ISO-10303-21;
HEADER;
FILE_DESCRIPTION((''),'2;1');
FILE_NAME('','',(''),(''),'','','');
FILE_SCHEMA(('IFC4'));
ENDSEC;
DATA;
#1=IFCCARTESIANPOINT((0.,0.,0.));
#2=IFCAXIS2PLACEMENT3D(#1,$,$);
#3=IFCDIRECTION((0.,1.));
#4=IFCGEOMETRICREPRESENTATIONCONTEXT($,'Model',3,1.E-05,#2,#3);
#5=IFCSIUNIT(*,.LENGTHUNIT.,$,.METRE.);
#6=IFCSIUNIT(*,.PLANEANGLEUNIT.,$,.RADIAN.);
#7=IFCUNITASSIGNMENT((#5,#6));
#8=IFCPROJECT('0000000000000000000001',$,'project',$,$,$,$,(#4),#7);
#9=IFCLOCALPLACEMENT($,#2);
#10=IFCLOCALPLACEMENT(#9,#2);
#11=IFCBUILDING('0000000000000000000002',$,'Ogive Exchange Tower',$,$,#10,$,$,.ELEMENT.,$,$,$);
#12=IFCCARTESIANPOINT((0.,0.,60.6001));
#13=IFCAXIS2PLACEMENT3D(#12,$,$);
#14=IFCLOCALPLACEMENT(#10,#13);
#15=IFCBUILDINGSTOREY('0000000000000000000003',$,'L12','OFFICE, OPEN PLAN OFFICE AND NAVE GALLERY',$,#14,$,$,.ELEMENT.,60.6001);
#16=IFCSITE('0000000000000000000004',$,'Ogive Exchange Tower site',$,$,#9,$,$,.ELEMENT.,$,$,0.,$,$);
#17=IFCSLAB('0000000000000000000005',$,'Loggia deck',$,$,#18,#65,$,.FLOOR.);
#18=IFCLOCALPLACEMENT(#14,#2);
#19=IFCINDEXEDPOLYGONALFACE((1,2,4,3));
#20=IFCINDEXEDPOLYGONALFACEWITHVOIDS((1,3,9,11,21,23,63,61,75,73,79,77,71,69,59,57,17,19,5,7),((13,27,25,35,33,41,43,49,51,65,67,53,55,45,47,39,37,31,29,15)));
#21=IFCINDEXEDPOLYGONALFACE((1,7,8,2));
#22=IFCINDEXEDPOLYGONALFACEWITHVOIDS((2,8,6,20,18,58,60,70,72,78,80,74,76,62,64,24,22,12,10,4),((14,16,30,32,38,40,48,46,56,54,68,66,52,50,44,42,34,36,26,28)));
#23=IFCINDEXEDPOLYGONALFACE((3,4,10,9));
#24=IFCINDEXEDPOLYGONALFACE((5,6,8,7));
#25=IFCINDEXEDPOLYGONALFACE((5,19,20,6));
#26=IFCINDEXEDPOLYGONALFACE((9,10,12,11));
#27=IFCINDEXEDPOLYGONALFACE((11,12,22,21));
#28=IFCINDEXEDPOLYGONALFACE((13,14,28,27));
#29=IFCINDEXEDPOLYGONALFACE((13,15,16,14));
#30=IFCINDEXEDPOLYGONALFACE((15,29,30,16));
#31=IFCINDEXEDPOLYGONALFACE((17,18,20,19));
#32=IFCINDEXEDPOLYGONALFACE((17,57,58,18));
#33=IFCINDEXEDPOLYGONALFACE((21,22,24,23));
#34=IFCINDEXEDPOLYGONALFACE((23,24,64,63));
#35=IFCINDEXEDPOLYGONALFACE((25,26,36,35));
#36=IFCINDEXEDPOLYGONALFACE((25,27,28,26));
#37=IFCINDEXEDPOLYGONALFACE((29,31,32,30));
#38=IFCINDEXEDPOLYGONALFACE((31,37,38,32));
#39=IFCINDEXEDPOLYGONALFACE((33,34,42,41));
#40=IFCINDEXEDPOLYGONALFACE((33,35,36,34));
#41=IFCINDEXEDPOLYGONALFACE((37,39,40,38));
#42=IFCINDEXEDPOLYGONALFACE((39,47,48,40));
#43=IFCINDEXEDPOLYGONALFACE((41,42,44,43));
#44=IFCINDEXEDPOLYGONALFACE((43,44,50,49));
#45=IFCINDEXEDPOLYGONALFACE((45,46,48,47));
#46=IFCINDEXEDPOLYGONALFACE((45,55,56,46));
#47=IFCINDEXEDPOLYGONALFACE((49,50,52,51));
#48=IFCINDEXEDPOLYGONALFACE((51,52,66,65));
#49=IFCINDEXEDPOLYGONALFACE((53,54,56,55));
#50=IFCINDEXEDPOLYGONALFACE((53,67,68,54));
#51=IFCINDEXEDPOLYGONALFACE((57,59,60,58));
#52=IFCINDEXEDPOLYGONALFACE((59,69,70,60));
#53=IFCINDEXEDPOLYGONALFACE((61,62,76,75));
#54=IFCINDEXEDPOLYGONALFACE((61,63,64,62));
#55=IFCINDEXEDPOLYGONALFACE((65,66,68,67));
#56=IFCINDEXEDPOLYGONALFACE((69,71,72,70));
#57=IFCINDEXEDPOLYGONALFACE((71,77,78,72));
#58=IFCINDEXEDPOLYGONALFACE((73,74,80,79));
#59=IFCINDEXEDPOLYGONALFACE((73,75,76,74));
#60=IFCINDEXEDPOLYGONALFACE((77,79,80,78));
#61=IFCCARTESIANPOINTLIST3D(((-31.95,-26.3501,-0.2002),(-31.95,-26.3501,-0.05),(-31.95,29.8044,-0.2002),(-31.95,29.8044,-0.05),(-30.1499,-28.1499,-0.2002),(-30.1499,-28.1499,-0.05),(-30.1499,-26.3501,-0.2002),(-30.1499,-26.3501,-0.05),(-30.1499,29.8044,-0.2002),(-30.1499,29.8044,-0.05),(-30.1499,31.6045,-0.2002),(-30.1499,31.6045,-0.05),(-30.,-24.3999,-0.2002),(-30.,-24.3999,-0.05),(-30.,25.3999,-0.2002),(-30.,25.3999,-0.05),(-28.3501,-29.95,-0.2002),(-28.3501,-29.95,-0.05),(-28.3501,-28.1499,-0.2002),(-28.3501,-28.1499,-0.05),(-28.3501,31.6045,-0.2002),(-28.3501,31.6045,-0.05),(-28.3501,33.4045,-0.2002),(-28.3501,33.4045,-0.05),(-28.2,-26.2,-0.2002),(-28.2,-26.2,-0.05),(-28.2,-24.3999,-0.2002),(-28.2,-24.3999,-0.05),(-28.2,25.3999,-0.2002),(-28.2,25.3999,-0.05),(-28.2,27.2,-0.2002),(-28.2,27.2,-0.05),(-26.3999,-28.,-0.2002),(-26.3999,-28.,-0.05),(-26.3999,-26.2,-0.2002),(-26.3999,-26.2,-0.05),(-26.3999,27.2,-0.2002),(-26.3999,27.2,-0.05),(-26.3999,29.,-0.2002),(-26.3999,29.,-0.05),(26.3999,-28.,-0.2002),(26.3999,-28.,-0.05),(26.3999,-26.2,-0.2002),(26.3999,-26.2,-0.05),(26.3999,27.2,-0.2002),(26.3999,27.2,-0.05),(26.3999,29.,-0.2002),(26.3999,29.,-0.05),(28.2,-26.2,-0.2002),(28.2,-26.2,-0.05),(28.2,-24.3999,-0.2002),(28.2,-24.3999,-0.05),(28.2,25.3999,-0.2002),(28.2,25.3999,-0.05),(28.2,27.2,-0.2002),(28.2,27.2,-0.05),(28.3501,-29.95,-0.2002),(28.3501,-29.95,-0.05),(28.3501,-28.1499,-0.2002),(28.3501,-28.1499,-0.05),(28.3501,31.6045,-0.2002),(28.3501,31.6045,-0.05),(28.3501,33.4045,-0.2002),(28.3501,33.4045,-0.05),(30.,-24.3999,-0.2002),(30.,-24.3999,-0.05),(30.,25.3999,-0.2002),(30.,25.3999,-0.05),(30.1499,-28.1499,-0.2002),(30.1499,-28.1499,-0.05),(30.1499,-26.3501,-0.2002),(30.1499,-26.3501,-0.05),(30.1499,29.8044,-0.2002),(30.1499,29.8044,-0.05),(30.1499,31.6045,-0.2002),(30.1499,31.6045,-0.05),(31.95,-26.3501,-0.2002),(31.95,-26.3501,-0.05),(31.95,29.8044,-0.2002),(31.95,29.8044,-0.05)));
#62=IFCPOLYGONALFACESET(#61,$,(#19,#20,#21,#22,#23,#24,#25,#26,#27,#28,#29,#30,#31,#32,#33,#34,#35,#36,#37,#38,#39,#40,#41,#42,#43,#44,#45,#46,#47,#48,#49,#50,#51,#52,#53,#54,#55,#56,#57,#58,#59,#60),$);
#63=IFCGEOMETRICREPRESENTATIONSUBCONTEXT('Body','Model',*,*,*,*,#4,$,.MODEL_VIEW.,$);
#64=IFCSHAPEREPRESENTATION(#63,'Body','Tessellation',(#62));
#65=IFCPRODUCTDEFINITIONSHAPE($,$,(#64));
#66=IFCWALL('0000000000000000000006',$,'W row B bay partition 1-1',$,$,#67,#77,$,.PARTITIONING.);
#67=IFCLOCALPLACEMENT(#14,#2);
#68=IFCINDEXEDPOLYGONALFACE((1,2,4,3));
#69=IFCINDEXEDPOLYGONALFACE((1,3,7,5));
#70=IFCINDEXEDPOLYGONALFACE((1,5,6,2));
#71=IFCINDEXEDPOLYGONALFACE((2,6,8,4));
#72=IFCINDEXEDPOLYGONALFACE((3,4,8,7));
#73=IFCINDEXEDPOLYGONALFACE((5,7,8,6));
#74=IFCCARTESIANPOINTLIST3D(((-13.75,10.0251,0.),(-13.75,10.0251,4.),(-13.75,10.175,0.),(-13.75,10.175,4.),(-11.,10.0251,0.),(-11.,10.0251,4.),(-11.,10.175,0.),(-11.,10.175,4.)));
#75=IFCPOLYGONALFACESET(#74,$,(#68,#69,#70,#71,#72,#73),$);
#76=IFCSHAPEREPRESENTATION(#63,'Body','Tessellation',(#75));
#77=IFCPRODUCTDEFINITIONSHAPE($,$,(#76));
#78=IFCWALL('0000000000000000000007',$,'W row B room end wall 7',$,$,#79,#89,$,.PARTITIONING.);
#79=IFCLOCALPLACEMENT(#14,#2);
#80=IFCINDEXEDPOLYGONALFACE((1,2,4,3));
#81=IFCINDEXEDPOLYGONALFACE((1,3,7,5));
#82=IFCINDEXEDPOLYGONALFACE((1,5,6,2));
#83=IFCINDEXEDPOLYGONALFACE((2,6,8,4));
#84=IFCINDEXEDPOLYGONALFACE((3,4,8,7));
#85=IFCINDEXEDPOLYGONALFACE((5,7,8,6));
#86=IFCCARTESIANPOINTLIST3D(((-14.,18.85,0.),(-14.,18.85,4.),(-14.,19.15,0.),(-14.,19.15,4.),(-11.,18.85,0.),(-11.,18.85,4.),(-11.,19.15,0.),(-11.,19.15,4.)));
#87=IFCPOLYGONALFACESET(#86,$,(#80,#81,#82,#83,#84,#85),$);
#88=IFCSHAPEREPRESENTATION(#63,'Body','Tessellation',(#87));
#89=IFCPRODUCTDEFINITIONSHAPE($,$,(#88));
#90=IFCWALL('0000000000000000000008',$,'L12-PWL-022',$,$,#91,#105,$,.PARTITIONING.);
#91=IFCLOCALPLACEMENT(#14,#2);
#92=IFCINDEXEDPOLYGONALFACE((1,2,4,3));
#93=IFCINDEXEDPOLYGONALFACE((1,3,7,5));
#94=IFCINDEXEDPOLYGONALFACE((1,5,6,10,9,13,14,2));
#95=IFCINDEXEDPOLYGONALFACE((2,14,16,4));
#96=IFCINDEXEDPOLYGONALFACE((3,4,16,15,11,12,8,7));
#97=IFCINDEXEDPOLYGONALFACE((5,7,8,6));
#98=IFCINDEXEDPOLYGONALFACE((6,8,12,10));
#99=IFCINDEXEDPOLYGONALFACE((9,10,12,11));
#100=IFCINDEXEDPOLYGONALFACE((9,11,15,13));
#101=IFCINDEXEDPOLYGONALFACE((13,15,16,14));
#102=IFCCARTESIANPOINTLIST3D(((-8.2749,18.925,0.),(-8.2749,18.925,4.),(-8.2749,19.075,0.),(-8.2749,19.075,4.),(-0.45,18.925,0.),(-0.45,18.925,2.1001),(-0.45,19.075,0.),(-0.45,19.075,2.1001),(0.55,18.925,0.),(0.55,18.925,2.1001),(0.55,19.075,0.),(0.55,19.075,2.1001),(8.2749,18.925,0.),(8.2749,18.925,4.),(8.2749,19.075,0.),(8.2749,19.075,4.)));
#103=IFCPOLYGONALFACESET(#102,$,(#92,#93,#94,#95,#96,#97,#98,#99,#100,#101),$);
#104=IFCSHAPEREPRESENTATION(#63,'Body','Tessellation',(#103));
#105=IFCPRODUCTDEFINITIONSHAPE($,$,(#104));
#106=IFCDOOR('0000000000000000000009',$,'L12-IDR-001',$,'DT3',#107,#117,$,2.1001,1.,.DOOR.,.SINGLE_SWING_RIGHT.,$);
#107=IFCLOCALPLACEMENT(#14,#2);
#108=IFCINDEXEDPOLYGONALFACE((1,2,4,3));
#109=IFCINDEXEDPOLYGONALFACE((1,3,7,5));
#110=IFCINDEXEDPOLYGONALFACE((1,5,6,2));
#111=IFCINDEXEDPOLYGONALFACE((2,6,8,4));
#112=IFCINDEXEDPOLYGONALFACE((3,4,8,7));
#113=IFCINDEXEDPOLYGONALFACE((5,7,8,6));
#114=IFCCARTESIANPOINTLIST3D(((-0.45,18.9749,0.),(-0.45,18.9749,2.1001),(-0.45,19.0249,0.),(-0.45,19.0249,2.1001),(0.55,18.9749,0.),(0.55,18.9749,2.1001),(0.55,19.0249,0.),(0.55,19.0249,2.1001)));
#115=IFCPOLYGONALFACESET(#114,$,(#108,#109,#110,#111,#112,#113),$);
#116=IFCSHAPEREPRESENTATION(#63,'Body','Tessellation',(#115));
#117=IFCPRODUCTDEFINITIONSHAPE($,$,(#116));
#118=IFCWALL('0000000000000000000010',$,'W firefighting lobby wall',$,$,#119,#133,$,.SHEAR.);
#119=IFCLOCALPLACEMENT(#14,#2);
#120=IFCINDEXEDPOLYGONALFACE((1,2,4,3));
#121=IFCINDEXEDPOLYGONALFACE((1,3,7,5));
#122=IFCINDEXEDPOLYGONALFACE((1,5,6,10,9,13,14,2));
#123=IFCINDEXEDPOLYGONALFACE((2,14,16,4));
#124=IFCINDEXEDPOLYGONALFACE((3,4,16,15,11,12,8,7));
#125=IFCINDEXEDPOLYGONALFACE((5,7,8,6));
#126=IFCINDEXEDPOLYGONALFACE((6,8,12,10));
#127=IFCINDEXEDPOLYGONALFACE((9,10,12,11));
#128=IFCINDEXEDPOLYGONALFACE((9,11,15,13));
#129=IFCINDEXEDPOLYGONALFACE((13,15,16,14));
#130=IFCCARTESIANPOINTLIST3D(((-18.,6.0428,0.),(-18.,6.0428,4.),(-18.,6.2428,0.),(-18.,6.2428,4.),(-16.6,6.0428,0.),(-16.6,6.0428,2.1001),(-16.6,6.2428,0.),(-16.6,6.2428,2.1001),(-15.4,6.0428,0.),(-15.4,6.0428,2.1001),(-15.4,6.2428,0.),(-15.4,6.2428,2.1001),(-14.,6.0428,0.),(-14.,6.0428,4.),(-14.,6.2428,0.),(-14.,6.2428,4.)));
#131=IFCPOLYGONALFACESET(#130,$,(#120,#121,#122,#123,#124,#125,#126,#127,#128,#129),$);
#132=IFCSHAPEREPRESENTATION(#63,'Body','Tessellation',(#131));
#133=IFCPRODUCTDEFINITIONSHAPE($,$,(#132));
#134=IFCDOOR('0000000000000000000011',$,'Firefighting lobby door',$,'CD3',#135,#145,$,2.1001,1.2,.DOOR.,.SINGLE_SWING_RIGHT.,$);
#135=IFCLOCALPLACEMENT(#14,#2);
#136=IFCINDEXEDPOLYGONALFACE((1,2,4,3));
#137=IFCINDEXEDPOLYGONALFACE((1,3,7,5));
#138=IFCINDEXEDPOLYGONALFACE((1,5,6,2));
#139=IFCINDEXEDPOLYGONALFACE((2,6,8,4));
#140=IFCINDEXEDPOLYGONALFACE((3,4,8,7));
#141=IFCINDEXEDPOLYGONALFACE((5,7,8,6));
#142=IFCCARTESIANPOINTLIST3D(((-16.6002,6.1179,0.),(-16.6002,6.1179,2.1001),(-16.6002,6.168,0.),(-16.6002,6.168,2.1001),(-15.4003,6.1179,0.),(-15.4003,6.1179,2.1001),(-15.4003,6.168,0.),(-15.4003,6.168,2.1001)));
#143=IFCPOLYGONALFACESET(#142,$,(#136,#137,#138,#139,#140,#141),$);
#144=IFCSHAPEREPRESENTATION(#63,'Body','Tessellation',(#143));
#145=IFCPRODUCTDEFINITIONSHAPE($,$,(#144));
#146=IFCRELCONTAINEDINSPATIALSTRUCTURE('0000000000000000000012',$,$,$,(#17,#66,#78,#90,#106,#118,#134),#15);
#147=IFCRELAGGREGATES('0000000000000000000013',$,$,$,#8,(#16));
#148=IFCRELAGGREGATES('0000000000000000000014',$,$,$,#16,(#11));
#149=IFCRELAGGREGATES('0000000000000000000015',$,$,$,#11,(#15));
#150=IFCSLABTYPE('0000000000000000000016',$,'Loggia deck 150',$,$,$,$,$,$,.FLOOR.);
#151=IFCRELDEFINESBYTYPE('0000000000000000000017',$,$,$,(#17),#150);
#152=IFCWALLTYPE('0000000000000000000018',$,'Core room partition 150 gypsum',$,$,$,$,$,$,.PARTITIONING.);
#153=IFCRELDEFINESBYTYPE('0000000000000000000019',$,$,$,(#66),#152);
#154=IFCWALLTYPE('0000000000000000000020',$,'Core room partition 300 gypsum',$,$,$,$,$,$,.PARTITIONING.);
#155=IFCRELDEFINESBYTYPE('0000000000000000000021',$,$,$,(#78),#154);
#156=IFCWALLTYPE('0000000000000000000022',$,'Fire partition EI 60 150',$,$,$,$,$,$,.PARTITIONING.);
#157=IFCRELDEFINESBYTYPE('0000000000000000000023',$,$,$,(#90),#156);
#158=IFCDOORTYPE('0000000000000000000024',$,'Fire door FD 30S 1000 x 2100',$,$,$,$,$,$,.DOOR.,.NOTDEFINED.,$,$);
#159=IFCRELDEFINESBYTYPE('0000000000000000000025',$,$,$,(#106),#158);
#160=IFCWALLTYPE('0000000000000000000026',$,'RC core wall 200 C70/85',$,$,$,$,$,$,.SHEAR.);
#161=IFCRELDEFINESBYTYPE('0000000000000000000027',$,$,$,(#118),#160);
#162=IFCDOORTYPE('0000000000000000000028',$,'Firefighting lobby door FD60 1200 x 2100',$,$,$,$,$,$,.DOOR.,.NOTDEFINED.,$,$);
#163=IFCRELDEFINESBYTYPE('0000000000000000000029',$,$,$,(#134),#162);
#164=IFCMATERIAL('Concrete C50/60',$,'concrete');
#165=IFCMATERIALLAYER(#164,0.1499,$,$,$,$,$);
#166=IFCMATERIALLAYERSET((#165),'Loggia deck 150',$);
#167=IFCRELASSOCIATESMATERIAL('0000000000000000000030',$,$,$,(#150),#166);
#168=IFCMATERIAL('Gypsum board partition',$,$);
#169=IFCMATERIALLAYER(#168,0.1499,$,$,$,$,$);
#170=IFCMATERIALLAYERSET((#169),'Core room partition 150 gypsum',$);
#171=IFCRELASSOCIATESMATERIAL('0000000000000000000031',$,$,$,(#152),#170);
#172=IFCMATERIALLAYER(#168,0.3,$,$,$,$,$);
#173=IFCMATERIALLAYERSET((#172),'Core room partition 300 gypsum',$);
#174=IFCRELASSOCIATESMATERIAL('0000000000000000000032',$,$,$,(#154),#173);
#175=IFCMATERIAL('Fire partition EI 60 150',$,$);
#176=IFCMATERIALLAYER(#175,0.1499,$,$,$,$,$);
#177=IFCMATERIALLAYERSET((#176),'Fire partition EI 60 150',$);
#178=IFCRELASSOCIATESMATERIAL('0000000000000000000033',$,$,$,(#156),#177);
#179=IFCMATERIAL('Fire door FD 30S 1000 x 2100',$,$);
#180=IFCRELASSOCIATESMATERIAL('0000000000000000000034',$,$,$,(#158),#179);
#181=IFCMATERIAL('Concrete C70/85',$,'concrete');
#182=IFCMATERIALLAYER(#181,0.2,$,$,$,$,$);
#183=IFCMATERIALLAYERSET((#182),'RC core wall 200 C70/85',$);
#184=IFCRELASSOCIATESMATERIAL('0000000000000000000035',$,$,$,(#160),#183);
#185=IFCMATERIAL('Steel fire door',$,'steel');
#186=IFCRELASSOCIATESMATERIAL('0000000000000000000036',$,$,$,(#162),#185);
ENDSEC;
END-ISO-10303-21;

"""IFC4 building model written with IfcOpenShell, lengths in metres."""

from ifc_helpers import new_model, si_unit, direction, frame, frame_2d, origin, place, context, subcontext, project, spatial, polyline, rectangle, outline, extrude, material, layer, layer_set, type_object, element, fill, save


model = new_model("IFC4")

# Units and contexts
model_context = context("Model", 3, precision=1e-05, world=origin(), true_north=direction((0.0, 1.0)))
body_context = subcontext(model_context, "Body", "Model", "MODEL_VIEW")
ifc_project = project(units=[si_unit("LENGTHUNIT", "METRE"), si_unit("PLANEANGLEUNIT", "RADIAN")], contexts=[model_context])

# Site, building, storey
site_placement = place(None, origin())
site = spatial("IfcSite", under=ifc_project, at=site_placement, Name="Ogive Exchange Tower site", CompositionType="ELEMENT", RefElevation=0.0)
building_placement = place(site_placement, origin())
building = spatial("IfcBuilding", under=site, at=building_placement, Name="Ogive Exchange Tower", CompositionType="ELEMENT")
storey_placement = place(building_placement, frame((0.0, 0.0, 60.6001)))
storey = spatial("IfcBuildingStorey", under=building, at=storey_placement, Name="L12", Description="OFFICE, OPEN PLAN OFFICE AND NAVE GALLERY", CompositionType="ELEMENT", Elevation=60.6001)

# Slab
ifc_material_1 = material(Name="Concrete C50/60", Category="concrete")
ifc_layer_1 = layer(ifc_material_1, 0.1499)
ifc_layer_set_1 = layer_set([ifc_layer_1], Name="Loggia deck 150")
slab_type_1 = type_object("IfcSlabType", Name="Loggia deck 150", PredefinedType="FLOOR", material=ifc_layer_set_1)
slab_1_placement = place(storey_placement, frame((0.0, 0.0, -0.2002)))
element("IfcSlab", 1, at=slab_1_placement, inside=storey, type_object=slab_type_1, Name="Loggia deck", PredefinedType="FLOOR", context=body_context, shape_type="SweptSolid", body=[
    extrude(outline(polyline([(-28.3501, -28.1499), (-30.1499, -28.1499), (-30.1499, -26.3501), (-31.95, -26.3501), (-31.95, 29.8044), (-30.1499, 29.8044), (-30.1499, 31.6045), (-28.3501, 31.6045), (-28.3501, 33.4045), (28.3501, 33.4045), (28.3501, 31.6045), (30.1499, 31.6045), (30.1499, 29.8044), (31.95, 29.8044), (31.95, -26.3501), (30.1499, -26.3501), (30.1499, -28.1499), (28.3501, -28.1499), (28.3501, -29.95), (-28.3501, -29.95), (-28.3501, -28.1499)]), holes=[polyline([(26.3999, -26.2), (28.2, -26.2), (28.2, -24.3999), (30.0, -24.3999), (30.0, 25.3999), (28.2, 25.3999), (28.2, 27.2), (26.3999, 27.2), (26.3999, 29.0), (-26.3999, 29.0), (-26.3999, 27.2), (-28.2, 27.2), (-28.2, 25.3999), (-30.0, 25.3999), (-30.0, -24.3999), (-28.2, -24.3999), (-28.2, -26.2), (-26.3999, -26.2), (-26.3999, -28.0), (26.3999, -28.0), (26.3999, -26.2)])]), origin(), (0.0, 0.0, 1.0), 0.1501),
])

# Walls
ifc_material_2 = material(Name="Gypsum board partition")
ifc_layer_2 = layer(ifc_material_2, 0.1499)
ifc_layer_set_2 = layer_set([ifc_layer_2], Name="Core room partition 150 gypsum")
wall_type_1 = type_object("IfcWallType", Name="Core room partition 150 gypsum", PredefinedType="PARTITIONING", material=ifc_layer_set_2)
wall_1_placement = place(storey_placement, frame((-13.75, 10.1001, 0.0), z_axis=(0.0, 0.0, 1.0), x_axis=(1.0, 0.0, 0.0)))
element("IfcWall", 2, at=wall_1_placement, inside=storey, type_object=wall_type_1, Name="W row B bay partition 1-1", PredefinedType="PARTITIONING", context=body_context, shape_type="SweptSolid", body=[
    extrude(rectangle(XDim=2.75, YDim=0.1499, at=frame_2d((1.375, 0.0))), origin(), (0.0, 0.0, 1.0), 4.0),
])
ifc_layer_3 = layer(ifc_material_2, 0.3)
ifc_layer_set_3 = layer_set([ifc_layer_3], Name="Core room partition 300 gypsum")
wall_type_2 = type_object("IfcWallType", Name="Core room partition 300 gypsum", PredefinedType="PARTITIONING", material=ifc_layer_set_3)
wall_2_placement = place(storey_placement, frame((-14.0, 19.0, 0.0), z_axis=(0.0, 0.0, 1.0), x_axis=(1.0, 0.0, 0.0)))
element("IfcWall", 3, at=wall_2_placement, inside=storey, type_object=wall_type_2, Name="W row B room end wall 7", PredefinedType="PARTITIONING", context=body_context, shape_type="SweptSolid", body=[
    extrude(rectangle(XDim=3.0, YDim=0.3, at=frame_2d((1.5, 0.0))), origin(), (0.0, 0.0, 1.0), 4.0),
])

# Walls, openings, doors
ifc_material_3 = material(Name="Fire partition EI 60 150")
ifc_layer_4 = layer(ifc_material_3, 0.1499)
ifc_layer_set_4 = layer_set([ifc_layer_4], Name="Fire partition EI 60 150")
wall_type_3 = type_object("IfcWallType", Name="Fire partition EI 60 150", PredefinedType="PARTITIONING", material=ifc_layer_set_4)
wall_3_placement = place(storey_placement, frame((-8.2749, 19.0, 0.0), z_axis=(0.0, 0.0, 1.0), x_axis=(1.0, 0.0, 0.0)))
wall_3 = element("IfcWall", 4, at=wall_3_placement, inside=storey, type_object=wall_type_3, Name="L12-PWL-022", PredefinedType="PARTITIONING", context=body_context, shape_type="SweptSolid", body=[
    extrude(rectangle(XDim=16.5498, YDim=0.1499, at=frame_2d((8.2749, 0.0))), origin(), (0.0, 0.0, 1.0), 4.0),
])
opening_1_placement = place(wall_3_placement, frame((7.825, 0.0, 0.0)))
opening_1 = element("IfcOpeningElement", 5, at=opening_1_placement, cuts=wall_3, PredefinedType="OPENING", context=body_context, shape_type="SweptSolid", body=[
    extrude(rectangle(XDim=1.0, YDim=2.1001, at=frame_2d((0.5, 1.05))), frame((0.0, 0.085, 0.0), z_axis=(0.0, -1.0, 0.0), x_axis=(1.0, 0.0, 0.0)), (0.0, 0.0, 1.0), 0.1699),
])
ifc_material_4 = material(Name="Fire door FD 30S 1000 x 2100")
door_type_1 = type_object("IfcDoorType", Name="Fire door FD 30S 1000 x 2100", OperationType="NOTDEFINED", PredefinedType="DOOR", material=ifc_material_4)
door_1_placement = place(opening_1_placement, origin())
door_1 = element("IfcDoor", 6, at=door_1_placement, inside=storey, type_object=door_type_1, Name="L12-IDR-001", ObjectType="DT3", OperationType="SINGLE_SWING_RIGHT", OverallHeight=2.1001, OverallWidth=1.0, PredefinedType="DOOR", context=body_context, shape_type="SweptSolid", body=[
    extrude(rectangle(XDim=1.0, YDim=2.1001, at=frame_2d((0.5, 1.05))), frame((0.0, 0.0249, 0.0), z_axis=(0.0, -1.0, 0.0), x_axis=(1.0, 0.0, 0.0)), (0.0, 0.0, 1.0), 0.05),
])
fill(opening_1, door_1)
ifc_material_5 = material(Name="Concrete C70/85", Category="concrete")
ifc_layer_5 = layer(ifc_material_5, 0.2)
ifc_layer_set_5 = layer_set([ifc_layer_5], Name="RC core wall 200 C70/85")
wall_type_4 = type_object("IfcWallType", Name="RC core wall 200 C70/85", PredefinedType="SHEAR", material=ifc_layer_set_5)
wall_4_placement = place(storey_placement, frame((-18.0, 6.1428, 0.0), z_axis=(0.0, 0.0, 1.0), x_axis=(1.0, 0.0, 0.0)))
wall_4 = element("IfcWall", 7, at=wall_4_placement, inside=storey, type_object=wall_type_4, Name="W firefighting lobby wall", PredefinedType="SHEAR", context=body_context, shape_type="SweptSolid", body=[
    extrude(rectangle(XDim=4.0, YDim=0.2, at=frame_2d((2.0, 0.0))), origin(), (0.0, 0.0, 1.0), 4.0),
])
opening_2_placement = place(wall_4_placement, frame((1.3999, 0.0, 0.0)))
opening_2 = element("IfcOpeningElement", 8, at=opening_2_placement, cuts=wall_4, PredefinedType="OPENING", context=body_context, shape_type="SweptSolid", body=[
    extrude(rectangle(XDim=1.2, YDim=2.1001, at=frame_2d((0.6001, 1.05))), frame((0.0, 0.1099, 0.0), z_axis=(0.0, -1.0, 0.0), x_axis=(1.0, 0.0, 0.0)), (0.0, 0.0, 1.0), 0.22),
])
ifc_material_6 = material(Name="Steel fire door", Category="steel")
door_type_2 = type_object("IfcDoorType", Name="Firefighting lobby door FD60 1200 x 2100", OperationType="NOTDEFINED", PredefinedType="DOOR", material=ifc_material_6)
door_2_placement = place(opening_2_placement, frame((1.2, 0.0, 0.0), z_axis=(0.0, 0.0, 1.0), x_axis=(-1.0, 0.0, 0.0)))
door_2 = element("IfcDoor", 9, at=door_2_placement, inside=storey, type_object=door_type_2, Name="Firefighting lobby door", ObjectType="CD3", OperationType="SINGLE_SWING_RIGHT", OverallHeight=2.1001, OverallWidth=1.2, PredefinedType="DOOR", context=body_context, shape_type="SweptSolid", body=[
    extrude(rectangle(XDim=1.2, YDim=2.1001, at=frame_2d((0.6001, 1.05))), frame((0.0, 0.0249, 0.0), z_axis=(0.0, -1.0, 0.0), x_axis=(1.0, 0.0, 0.0)), (0.0, 0.0, 1.0), 0.05),
])
fill(opening_2, door_2)

save(model, "model.ifc")
